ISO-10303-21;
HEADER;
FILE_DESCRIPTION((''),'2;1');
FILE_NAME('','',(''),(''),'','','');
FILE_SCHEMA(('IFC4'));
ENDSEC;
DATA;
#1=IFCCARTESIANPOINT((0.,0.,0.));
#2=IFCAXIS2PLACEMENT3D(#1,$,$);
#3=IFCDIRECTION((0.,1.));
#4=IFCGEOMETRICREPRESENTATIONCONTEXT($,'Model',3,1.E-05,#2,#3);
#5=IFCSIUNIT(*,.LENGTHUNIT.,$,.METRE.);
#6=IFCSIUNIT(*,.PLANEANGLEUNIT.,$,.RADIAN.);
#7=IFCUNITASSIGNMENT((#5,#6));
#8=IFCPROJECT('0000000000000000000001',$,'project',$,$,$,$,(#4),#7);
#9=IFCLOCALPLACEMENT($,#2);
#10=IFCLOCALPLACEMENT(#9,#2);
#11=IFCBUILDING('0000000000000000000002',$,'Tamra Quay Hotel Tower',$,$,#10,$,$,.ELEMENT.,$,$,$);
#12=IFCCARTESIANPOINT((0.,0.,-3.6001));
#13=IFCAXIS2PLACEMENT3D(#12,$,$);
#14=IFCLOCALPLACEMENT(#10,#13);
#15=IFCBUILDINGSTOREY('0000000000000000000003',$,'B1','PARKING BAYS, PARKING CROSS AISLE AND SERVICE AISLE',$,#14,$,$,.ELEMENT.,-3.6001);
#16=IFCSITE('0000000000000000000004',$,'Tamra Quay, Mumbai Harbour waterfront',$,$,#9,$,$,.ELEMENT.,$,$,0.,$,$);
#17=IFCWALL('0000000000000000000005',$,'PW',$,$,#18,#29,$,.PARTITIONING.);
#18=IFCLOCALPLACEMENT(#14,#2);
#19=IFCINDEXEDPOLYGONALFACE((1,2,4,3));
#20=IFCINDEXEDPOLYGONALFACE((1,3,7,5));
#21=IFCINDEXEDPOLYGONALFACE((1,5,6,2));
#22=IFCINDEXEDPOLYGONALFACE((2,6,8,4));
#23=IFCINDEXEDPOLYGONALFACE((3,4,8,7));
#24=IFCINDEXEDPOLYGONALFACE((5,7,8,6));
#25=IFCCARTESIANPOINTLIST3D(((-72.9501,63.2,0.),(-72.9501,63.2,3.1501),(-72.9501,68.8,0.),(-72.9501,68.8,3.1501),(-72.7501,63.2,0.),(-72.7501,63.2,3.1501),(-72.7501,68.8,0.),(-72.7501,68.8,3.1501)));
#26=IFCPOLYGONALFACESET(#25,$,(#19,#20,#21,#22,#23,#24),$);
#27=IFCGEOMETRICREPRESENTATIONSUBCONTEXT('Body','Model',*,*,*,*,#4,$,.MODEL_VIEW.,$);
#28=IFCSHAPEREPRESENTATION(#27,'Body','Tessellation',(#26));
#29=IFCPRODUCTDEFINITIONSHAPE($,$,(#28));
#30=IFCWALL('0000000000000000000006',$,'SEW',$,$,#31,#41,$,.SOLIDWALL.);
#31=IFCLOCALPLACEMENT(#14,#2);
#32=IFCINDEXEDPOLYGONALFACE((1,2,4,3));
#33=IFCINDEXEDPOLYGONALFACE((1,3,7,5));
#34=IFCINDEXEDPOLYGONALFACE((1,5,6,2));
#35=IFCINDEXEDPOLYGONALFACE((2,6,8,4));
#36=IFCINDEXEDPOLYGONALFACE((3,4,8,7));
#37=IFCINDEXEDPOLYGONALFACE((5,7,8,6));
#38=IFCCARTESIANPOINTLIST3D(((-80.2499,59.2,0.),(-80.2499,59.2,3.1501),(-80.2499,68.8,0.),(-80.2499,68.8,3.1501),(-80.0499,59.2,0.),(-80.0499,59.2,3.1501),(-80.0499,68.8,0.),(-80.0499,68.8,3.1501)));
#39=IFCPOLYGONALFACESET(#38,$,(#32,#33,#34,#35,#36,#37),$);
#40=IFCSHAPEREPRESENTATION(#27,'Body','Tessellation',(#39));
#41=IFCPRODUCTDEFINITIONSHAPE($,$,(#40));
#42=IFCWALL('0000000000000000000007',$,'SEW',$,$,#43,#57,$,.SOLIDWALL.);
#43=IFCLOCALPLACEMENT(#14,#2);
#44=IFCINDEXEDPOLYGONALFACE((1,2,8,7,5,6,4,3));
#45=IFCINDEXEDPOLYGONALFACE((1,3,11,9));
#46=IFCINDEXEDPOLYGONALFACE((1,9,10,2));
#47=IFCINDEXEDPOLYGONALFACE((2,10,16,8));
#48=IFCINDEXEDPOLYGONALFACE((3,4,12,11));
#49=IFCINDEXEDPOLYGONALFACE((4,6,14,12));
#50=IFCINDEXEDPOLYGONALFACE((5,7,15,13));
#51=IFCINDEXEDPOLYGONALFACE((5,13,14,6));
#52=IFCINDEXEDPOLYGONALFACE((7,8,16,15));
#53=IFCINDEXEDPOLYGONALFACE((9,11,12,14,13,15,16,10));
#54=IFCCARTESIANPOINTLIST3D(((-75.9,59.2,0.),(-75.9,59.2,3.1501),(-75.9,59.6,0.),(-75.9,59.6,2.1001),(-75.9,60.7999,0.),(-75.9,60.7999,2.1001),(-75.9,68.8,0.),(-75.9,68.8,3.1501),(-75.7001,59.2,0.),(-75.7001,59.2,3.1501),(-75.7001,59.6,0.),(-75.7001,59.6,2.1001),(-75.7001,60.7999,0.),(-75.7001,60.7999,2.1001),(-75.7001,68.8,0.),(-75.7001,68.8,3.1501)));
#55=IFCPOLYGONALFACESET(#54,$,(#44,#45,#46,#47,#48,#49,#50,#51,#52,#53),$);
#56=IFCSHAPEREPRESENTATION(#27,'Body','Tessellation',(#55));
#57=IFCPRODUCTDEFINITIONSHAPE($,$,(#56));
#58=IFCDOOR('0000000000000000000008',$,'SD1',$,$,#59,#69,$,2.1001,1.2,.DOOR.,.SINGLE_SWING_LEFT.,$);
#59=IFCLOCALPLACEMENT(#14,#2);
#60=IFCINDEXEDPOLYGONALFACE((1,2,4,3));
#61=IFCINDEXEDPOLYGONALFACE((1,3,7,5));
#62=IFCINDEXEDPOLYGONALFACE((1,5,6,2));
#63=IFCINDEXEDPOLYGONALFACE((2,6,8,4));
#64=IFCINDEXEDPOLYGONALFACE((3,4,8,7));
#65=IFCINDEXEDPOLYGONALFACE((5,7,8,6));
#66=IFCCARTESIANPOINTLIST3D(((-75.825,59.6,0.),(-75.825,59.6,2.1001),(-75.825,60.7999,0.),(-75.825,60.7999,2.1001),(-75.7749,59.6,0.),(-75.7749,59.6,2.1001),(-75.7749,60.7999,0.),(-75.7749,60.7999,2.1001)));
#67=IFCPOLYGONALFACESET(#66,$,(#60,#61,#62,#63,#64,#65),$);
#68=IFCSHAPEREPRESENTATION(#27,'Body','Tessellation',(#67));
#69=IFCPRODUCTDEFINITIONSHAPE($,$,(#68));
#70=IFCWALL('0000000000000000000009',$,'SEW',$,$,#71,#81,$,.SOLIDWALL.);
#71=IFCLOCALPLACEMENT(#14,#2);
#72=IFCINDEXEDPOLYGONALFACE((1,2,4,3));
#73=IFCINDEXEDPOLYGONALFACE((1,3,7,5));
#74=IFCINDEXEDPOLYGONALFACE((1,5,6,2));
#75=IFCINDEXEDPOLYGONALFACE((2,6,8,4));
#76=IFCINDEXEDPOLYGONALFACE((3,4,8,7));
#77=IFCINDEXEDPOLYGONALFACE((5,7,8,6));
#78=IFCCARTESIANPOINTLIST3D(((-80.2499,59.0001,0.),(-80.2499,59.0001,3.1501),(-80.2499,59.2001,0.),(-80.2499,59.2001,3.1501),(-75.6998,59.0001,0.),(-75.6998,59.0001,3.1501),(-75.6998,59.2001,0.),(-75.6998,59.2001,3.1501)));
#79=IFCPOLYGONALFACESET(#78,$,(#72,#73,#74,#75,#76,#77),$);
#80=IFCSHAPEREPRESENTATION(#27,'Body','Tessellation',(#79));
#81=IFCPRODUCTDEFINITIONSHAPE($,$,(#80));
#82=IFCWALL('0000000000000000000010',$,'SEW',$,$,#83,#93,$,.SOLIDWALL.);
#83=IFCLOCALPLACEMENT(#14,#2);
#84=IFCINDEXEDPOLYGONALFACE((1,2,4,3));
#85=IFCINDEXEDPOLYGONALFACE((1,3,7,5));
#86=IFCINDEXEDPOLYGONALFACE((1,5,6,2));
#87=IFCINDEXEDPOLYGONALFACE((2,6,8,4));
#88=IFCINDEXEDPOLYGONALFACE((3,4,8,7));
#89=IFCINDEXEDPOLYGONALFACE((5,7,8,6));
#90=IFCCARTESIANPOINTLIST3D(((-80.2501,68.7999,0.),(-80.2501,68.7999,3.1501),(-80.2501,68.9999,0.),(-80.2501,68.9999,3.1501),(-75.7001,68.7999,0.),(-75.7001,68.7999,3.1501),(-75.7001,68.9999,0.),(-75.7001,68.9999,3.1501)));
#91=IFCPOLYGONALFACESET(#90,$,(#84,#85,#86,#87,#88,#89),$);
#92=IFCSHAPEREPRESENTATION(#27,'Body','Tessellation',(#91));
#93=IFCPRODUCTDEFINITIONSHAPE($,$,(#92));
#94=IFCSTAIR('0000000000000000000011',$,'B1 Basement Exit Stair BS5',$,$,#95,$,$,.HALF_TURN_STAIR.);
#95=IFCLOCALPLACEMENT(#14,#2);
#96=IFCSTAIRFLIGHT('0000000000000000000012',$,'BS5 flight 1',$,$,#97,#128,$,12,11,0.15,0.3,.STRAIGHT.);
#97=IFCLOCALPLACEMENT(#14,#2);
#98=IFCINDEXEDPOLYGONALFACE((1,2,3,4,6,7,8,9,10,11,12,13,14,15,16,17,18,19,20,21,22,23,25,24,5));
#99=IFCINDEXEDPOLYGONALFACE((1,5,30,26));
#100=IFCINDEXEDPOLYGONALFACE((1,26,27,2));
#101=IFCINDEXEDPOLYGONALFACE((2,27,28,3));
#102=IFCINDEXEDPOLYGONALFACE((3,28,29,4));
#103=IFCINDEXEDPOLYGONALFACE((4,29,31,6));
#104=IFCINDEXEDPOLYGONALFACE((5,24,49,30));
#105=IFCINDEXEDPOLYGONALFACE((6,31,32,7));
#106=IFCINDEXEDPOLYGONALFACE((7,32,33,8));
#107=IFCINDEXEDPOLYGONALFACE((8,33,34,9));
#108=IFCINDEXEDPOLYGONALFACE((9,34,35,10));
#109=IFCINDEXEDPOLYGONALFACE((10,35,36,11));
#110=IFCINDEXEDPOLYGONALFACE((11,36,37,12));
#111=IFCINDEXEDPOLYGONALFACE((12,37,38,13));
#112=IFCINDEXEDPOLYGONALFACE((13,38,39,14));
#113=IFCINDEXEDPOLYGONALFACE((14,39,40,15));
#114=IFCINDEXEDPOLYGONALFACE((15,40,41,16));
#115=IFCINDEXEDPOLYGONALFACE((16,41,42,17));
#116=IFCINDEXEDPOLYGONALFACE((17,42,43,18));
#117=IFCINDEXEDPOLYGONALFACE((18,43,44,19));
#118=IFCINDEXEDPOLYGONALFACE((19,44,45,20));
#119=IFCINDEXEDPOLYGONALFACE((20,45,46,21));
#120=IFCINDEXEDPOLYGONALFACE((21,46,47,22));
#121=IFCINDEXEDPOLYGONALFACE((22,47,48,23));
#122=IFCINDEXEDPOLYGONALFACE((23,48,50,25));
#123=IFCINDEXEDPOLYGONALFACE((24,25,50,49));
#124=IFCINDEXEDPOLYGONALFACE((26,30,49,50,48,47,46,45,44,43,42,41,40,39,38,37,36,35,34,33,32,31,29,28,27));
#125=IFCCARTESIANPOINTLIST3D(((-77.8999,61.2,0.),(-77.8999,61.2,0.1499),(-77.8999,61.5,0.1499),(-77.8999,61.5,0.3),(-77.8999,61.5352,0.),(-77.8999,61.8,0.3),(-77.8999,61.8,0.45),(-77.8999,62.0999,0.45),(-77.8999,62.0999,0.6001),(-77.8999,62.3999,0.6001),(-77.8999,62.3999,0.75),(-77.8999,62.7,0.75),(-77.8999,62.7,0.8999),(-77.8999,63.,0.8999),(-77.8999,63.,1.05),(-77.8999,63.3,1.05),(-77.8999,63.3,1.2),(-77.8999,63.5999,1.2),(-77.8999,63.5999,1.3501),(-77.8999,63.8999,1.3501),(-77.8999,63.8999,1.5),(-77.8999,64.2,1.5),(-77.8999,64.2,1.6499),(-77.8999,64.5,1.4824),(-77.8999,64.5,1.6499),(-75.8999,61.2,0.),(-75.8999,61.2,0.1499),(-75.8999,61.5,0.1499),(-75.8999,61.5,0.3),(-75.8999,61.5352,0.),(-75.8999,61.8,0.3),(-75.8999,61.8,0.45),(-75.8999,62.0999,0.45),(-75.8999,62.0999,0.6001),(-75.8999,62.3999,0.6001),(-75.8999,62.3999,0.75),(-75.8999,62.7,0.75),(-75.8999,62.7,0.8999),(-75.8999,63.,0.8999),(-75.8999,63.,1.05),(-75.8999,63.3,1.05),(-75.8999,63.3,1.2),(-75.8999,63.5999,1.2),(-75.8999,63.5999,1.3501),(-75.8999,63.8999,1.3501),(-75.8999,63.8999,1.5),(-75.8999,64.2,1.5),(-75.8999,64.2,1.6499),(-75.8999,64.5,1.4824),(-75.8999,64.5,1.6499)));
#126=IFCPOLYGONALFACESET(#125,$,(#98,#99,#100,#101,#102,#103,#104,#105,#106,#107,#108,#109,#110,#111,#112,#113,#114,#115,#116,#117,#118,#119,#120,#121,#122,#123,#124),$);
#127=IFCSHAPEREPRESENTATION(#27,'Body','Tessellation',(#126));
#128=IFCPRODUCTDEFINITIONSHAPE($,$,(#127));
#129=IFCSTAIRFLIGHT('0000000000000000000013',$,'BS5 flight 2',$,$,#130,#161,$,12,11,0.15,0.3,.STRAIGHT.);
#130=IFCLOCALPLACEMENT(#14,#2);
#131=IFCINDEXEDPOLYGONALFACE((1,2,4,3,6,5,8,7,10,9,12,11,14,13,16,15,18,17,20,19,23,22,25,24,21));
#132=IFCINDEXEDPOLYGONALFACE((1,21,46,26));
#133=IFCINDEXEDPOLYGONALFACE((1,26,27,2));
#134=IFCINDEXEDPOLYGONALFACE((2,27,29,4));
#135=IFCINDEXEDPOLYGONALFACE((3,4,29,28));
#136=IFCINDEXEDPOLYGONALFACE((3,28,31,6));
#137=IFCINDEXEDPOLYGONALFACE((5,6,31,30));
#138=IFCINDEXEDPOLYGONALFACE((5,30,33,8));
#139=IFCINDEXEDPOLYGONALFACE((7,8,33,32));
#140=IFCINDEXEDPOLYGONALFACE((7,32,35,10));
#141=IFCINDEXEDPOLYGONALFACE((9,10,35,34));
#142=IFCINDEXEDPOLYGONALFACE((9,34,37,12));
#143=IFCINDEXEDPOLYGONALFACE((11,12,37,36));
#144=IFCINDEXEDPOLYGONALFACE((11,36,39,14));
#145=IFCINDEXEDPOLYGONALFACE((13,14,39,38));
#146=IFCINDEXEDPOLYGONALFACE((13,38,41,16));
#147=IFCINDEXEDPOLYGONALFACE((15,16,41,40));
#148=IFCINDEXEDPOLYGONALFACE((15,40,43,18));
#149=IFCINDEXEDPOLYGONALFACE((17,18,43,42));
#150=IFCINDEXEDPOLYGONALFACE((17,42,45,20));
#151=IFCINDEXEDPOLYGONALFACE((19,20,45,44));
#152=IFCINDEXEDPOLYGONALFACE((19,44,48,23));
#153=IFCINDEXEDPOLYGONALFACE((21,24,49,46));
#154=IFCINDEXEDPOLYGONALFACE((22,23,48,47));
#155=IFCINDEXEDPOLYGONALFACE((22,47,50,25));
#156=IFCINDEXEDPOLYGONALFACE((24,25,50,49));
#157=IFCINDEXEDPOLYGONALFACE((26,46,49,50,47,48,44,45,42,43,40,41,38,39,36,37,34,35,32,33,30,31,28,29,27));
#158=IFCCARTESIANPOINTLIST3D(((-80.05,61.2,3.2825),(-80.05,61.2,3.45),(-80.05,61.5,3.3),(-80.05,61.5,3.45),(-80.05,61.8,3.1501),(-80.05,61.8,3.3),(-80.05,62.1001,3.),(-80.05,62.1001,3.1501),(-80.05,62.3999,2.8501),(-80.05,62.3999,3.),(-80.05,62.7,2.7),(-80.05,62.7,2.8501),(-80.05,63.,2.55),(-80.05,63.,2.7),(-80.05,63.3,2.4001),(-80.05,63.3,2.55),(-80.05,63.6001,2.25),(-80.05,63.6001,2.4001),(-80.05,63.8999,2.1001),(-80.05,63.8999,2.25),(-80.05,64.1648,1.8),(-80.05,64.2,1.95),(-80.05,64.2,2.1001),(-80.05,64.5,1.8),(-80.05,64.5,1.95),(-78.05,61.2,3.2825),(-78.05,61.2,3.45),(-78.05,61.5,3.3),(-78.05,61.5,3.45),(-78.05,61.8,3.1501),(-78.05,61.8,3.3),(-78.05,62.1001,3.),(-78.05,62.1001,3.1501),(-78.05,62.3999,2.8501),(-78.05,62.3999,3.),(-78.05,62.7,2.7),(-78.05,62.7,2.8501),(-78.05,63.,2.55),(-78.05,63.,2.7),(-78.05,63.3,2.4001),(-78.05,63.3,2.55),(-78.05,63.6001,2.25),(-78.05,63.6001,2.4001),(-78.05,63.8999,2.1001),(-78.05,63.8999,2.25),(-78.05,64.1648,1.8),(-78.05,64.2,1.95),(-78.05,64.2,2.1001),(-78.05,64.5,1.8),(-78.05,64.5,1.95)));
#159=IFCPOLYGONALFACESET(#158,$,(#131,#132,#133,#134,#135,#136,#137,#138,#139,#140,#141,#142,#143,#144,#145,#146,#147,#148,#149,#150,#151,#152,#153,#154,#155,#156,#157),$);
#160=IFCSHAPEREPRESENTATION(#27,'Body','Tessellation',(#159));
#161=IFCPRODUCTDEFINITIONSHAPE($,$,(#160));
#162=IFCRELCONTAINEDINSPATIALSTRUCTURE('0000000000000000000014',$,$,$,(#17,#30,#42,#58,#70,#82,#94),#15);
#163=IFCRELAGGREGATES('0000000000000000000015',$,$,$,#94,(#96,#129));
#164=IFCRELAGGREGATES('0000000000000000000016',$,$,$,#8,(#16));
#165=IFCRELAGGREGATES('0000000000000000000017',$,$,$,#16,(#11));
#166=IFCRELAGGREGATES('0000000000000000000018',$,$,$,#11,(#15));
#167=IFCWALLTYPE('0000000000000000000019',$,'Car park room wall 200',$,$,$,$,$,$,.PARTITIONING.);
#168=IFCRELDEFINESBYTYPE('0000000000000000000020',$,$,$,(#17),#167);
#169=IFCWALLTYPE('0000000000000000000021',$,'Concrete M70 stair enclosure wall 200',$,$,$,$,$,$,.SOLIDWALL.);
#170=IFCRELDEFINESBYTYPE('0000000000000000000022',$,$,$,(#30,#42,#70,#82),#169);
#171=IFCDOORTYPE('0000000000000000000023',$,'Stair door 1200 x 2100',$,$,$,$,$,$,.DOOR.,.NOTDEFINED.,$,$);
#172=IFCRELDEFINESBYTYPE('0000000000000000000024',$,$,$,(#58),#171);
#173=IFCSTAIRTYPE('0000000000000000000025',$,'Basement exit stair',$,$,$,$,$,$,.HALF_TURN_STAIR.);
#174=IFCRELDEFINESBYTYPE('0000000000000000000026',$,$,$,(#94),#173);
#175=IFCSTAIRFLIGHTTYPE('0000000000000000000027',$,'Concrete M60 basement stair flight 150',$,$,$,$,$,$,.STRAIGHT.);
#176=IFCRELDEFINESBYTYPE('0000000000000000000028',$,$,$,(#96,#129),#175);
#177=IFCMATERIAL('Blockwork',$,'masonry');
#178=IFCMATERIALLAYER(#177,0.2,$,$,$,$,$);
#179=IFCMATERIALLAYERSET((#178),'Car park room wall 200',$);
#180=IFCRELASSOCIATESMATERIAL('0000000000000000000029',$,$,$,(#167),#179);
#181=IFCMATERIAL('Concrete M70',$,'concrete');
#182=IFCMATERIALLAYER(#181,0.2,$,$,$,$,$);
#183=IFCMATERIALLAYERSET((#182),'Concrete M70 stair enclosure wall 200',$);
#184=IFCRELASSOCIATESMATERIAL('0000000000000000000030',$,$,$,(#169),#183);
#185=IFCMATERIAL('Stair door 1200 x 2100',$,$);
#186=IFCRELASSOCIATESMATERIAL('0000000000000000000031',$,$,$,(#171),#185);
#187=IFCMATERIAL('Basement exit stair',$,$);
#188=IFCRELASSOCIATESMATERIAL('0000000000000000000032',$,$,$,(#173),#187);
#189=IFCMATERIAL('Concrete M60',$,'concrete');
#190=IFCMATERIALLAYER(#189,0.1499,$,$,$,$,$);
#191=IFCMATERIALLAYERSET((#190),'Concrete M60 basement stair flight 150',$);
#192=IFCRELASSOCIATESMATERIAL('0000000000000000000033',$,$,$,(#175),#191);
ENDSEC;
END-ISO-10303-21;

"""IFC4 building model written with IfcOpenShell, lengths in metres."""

from ifc_helpers import new_model, si_unit, direction, frame, frame_2d, origin, place, context, subcontext, project, spatial, polyline, rectangle, outline, extrude, material, layer, layer_set, type_object, element, fill, aggregate, save


model = new_model("IFC4")

# Units and contexts
model_context = context("Model", 3, precision=1e-05, world=origin(), true_north=direction((0.0, 1.0)))
body_context = subcontext(model_context, "Body", "Model", "MODEL_VIEW")
ifc_project = project(units=[si_unit("LENGTHUNIT", "METRE"), si_unit("PLANEANGLEUNIT", "RADIAN")], contexts=[model_context])

# Site, building, storey
site_placement = place(None, origin())
site = spatial("IfcSite", under=ifc_project, at=site_placement, Name="Tamra Quay, Mumbai Harbour waterfront", CompositionType="ELEMENT", RefElevation=0.0)
building_placement = place(site_placement, origin())
building = spatial("IfcBuilding", under=site, at=building_placement, Name="Tamra Quay Hotel Tower", CompositionType="ELEMENT")
storey_placement = place(building_placement, frame((0.0, 0.0, -3.6001)))
storey = spatial("IfcBuildingStorey", under=building, at=storey_placement, Name="B1", Description="PARKING BAYS, PARKING CROSS AISLE AND SERVICE AISLE", CompositionType="ELEMENT", Elevation=-3.6001)

# Shared definitions
ifc_material_1 = material(Name="Concrete M70", Category="concrete")

# Shared definitions
ifc_material_2 = material(Name="Blockwork", Category="masonry")
ifc_layer_1 = layer(ifc_material_2, 0.2)
ifc_layer_set_1 = layer_set([ifc_layer_1], Name="Car park room wall 200")
wall_type_1 = type_object("IfcWallType", Name="Car park room wall 200", PredefinedType="PARTITIONING", material=ifc_layer_set_1)

# Walls
wall_1_placement = place(storey_placement, frame((-72.8501, 63.2, 0.0), z_axis=(0.0, 0.0, 1.0), x_axis=(0.0, 1.0, 0.0)))
element("IfcWall", 1, at=wall_1_placement, inside=storey, type_object=wall_type_1, Name="PW", PredefinedType="PARTITIONING", context=body_context, shape_type="SweptSolid", body=[
    extrude(rectangle(XDim=5.6001, YDim=0.2, at=frame_2d((2.8, 0.0))), origin(), (0.0, 0.0, 1.0), 3.1501),
])
ifc_layer_2 = layer(ifc_material_1, 0.2)
ifc_layer_set_2 = layer_set([ifc_layer_2], Name="Concrete M70 stair enclosure wall 200")
wall_type_2 = type_object("IfcWallType", Name="Concrete M70 stair enclosure wall 200", PredefinedType="SOLIDWALL", material=ifc_layer_set_2)
wall_2_placement = place(storey_placement, frame((-80.1499, 59.2, 0.0), z_axis=(0.0, 0.0, 1.0), x_axis=(0.0, 1.0, 0.0)))
element("IfcWall", 2, at=wall_2_placement, inside=storey, type_object=wall_type_2, Name="SEW", PredefinedType="SOLIDWALL", context=body_context, shape_type="SweptSolid", body=[
    extrude(rectangle(XDim=9.6001, YDim=0.2, at=frame_2d((4.8, 0.0))), origin(), (0.0, 0.0, 1.0), 3.1501),
])

# Wall, opening, door
wall_3_placement = place(storey_placement, frame((-75.8, 59.2, 0.0), z_axis=(0.0, 0.0, 1.0), x_axis=(0.0, 1.0, 0.0)))
wall_3 = element("IfcWall", 3, at=wall_3_placement, inside=storey, type_object=wall_type_2, Name="SEW", PredefinedType="SOLIDWALL", context=body_context, shape_type="SweptSolid", body=[
    extrude(rectangle(XDim=9.6001, YDim=0.2, at=frame_2d((4.8, 0.0))), origin(), (0.0, 0.0, 1.0), 3.1501),
])
opening_1_placement = place(wall_3_placement, frame((0.3999, 0.0, 0.0)))
opening_1 = element("IfcOpeningElement", 4, at=opening_1_placement, cuts=wall_3, PredefinedType="OPENING", context=body_context, shape_type="SweptSolid", body=[
    extrude(rectangle(XDim=1.2, YDim=2.1001, at=frame_2d((0.6001, 1.05))), frame((0.0, 0.1099, 0.0), z_axis=(0.0, -1.0, 0.0), x_axis=(1.0, 0.0, 0.0)), (0.0, 0.0, 1.0), 0.22),
])
ifc_material_3 = material(Name="Stair door 1200 x 2100")
door_type_1 = type_object("IfcDoorType", Name="Stair door 1200 x 2100", OperationType="NOTDEFINED", PredefinedType="DOOR", material=ifc_material_3)
door_1_placement = place(opening_1_placement, origin())
door_1 = element("IfcDoor", 5, at=door_1_placement, inside=storey, type_object=door_type_1, Name="SD1", OperationType="SINGLE_SWING_LEFT", OverallHeight=2.1001, OverallWidth=1.2, PredefinedType="DOOR", context=body_context, shape_type="SweptSolid", body=[
    extrude(rectangle(XDim=1.2, YDim=2.1001, at=frame_2d((0.6001, 1.05))), frame((0.0, 0.0249, 0.0), z_axis=(0.0, -1.0, 0.0), x_axis=(1.0, 0.0, 0.0)), (0.0, 0.0, 1.0), 0.05),
])
fill(opening_1, door_1)

# Walls
for number, where, z_axis, x_axis, name in (
    (6, (-75.7, 59.1001, 0.0), (0.0, 0.0, 1.0), (-1.0, 0.0, 0.0), "SEW"),
    (7, (-80.25, 68.8999, 0.0), (0.0, 0.0, 1.0), (1.0, 0.0, 0.0), "SEW"),
):
    element("IfcWall", number, at=place(storey_placement, frame(where, z_axis=z_axis, x_axis=x_axis)), inside=storey, type_object=wall_type_2, Name=name, PredefinedType="SOLIDWALL", context=body_context, shape_type="SweptSolid", body=[
        extrude(rectangle(XDim=4.55, YDim=0.2, at=frame_2d((2.2749, 0.0))), origin(), (0.0, 0.0, 1.0), 3.1501),
    ])

# Stair, stair flights
ifc_material_4 = material(Name="Basement exit stair")
stair_type = type_object("IfcStairType", Name="Basement exit stair", PredefinedType="HALF_TURN_STAIR", material=ifc_material_4)
stair_placement = place(storey_placement, origin())
stair = element("IfcStair", 8, at=stair_placement, inside=storey, type_object=stair_type, Name="B1 Basement Exit Stair BS5", PredefinedType="HALF_TURN_STAIR")
ifc_material_5 = material(Name="Concrete M60", Category="concrete")
ifc_layer_3 = layer(ifc_material_5, 0.1499)
ifc_layer_set_3 = layer_set([ifc_layer_3], Name="Concrete M60 basement stair flight 150")
stair_flight_type = type_object("IfcStairFlightType", Name="Concrete M60 basement stair flight 150", PredefinedType="STRAIGHT", material=ifc_layer_set_3)
stair_flight_1_placement = place(storey_placement, frame((-76.8999, 61.2, 0.0), z_axis=(0.0, 0.0, 1.0), x_axis=(0.0, 1.0, 0.0)))
stair_flight_1 = element("IfcStairFlight", 9, at=stair_flight_1_placement, type_object=stair_flight_type, Name="BS5 flight 1", NumberOfRisers=12, NumberOfTreads=11, PredefinedType="STRAIGHT", RiserHeight=0.15, TreadLength=0.3, context=body_context, shape_type="SweptSolid", body=[
    extrude(outline(polyline([(0.0, 0.0), (0.0, 0.1499), (0.3, 0.1499), (0.3, 0.3), (0.6001, 0.3), (0.6001, 0.45), (0.8999, 0.45), (0.8999, 0.6001), (1.2, 0.6001), (1.2, 0.75), (1.5, 0.75), (1.5, 0.8999), (1.8, 0.8999), (1.8, 1.05), (2.1001, 1.05), (2.1001, 1.2), (2.3999, 1.2), (2.3999, 1.3501), (2.7, 1.3501), (2.7, 1.5), (3.0, 1.5), (3.0, 1.6499), (3.3, 1.6499), (3.3, 1.8), (3.3, 1.4824), (0.3352, 0.0), (0.0, 0.0)])), frame((0.0, 1.0, 0.0), z_axis=(0.0, -1.0, 0.0), x_axis=(1.0, 0.0, 0.0)), (0.0, 0.0, 1.0), 2.0),
])
stair_flight_2_placement = place(storey_placement, frame((-79.05, 64.5, 1.8), z_axis=(0.0, 0.0, 1.0), x_axis=(0.0, -1.0, 0.0)))
stair_flight_2 = element("IfcStairFlight", 10, at=stair_flight_2_placement, type_object=stair_flight_type, Name="BS5 flight 2", NumberOfRisers=12, NumberOfTreads=11, PredefinedType="STRAIGHT", RiserHeight=0.15, TreadLength=0.3, context=body_context, shape_type="SweptSolid", body=[
    extrude(outline(polyline([(0.0, 0.0), (0.0, 0.1499), (0.3, 0.1499), (0.3, 0.3), (0.6001, 0.3), (0.6001, 0.45), (0.8999, 0.45), (0.8999, 0.6001), (1.2, 0.6001), (1.2, 0.75), (1.5, 0.75), (1.5, 0.8999), (1.8, 0.8999), (1.8, 1.05), (2.1001, 1.05), (2.1001, 1.2), (2.3999, 1.2), (2.3999, 1.3501), (2.7, 1.3501), (2.7, 1.5), (3.0, 1.5), (3.0, 1.6499), (3.3, 1.6499), (3.3, 1.8), (3.3, 1.4824), (0.3352, 0.0), (0.0, 0.0)])), frame((0.0, 1.0, 0.0), z_axis=(0.0, -1.0, 0.0), x_axis=(1.0, 0.0, 0.0)), (0.0, 0.0, 1.0), 2.0),
])
aggregate(stair, [stair_flight_1, stair_flight_2])

save(model, "model.ifc")
